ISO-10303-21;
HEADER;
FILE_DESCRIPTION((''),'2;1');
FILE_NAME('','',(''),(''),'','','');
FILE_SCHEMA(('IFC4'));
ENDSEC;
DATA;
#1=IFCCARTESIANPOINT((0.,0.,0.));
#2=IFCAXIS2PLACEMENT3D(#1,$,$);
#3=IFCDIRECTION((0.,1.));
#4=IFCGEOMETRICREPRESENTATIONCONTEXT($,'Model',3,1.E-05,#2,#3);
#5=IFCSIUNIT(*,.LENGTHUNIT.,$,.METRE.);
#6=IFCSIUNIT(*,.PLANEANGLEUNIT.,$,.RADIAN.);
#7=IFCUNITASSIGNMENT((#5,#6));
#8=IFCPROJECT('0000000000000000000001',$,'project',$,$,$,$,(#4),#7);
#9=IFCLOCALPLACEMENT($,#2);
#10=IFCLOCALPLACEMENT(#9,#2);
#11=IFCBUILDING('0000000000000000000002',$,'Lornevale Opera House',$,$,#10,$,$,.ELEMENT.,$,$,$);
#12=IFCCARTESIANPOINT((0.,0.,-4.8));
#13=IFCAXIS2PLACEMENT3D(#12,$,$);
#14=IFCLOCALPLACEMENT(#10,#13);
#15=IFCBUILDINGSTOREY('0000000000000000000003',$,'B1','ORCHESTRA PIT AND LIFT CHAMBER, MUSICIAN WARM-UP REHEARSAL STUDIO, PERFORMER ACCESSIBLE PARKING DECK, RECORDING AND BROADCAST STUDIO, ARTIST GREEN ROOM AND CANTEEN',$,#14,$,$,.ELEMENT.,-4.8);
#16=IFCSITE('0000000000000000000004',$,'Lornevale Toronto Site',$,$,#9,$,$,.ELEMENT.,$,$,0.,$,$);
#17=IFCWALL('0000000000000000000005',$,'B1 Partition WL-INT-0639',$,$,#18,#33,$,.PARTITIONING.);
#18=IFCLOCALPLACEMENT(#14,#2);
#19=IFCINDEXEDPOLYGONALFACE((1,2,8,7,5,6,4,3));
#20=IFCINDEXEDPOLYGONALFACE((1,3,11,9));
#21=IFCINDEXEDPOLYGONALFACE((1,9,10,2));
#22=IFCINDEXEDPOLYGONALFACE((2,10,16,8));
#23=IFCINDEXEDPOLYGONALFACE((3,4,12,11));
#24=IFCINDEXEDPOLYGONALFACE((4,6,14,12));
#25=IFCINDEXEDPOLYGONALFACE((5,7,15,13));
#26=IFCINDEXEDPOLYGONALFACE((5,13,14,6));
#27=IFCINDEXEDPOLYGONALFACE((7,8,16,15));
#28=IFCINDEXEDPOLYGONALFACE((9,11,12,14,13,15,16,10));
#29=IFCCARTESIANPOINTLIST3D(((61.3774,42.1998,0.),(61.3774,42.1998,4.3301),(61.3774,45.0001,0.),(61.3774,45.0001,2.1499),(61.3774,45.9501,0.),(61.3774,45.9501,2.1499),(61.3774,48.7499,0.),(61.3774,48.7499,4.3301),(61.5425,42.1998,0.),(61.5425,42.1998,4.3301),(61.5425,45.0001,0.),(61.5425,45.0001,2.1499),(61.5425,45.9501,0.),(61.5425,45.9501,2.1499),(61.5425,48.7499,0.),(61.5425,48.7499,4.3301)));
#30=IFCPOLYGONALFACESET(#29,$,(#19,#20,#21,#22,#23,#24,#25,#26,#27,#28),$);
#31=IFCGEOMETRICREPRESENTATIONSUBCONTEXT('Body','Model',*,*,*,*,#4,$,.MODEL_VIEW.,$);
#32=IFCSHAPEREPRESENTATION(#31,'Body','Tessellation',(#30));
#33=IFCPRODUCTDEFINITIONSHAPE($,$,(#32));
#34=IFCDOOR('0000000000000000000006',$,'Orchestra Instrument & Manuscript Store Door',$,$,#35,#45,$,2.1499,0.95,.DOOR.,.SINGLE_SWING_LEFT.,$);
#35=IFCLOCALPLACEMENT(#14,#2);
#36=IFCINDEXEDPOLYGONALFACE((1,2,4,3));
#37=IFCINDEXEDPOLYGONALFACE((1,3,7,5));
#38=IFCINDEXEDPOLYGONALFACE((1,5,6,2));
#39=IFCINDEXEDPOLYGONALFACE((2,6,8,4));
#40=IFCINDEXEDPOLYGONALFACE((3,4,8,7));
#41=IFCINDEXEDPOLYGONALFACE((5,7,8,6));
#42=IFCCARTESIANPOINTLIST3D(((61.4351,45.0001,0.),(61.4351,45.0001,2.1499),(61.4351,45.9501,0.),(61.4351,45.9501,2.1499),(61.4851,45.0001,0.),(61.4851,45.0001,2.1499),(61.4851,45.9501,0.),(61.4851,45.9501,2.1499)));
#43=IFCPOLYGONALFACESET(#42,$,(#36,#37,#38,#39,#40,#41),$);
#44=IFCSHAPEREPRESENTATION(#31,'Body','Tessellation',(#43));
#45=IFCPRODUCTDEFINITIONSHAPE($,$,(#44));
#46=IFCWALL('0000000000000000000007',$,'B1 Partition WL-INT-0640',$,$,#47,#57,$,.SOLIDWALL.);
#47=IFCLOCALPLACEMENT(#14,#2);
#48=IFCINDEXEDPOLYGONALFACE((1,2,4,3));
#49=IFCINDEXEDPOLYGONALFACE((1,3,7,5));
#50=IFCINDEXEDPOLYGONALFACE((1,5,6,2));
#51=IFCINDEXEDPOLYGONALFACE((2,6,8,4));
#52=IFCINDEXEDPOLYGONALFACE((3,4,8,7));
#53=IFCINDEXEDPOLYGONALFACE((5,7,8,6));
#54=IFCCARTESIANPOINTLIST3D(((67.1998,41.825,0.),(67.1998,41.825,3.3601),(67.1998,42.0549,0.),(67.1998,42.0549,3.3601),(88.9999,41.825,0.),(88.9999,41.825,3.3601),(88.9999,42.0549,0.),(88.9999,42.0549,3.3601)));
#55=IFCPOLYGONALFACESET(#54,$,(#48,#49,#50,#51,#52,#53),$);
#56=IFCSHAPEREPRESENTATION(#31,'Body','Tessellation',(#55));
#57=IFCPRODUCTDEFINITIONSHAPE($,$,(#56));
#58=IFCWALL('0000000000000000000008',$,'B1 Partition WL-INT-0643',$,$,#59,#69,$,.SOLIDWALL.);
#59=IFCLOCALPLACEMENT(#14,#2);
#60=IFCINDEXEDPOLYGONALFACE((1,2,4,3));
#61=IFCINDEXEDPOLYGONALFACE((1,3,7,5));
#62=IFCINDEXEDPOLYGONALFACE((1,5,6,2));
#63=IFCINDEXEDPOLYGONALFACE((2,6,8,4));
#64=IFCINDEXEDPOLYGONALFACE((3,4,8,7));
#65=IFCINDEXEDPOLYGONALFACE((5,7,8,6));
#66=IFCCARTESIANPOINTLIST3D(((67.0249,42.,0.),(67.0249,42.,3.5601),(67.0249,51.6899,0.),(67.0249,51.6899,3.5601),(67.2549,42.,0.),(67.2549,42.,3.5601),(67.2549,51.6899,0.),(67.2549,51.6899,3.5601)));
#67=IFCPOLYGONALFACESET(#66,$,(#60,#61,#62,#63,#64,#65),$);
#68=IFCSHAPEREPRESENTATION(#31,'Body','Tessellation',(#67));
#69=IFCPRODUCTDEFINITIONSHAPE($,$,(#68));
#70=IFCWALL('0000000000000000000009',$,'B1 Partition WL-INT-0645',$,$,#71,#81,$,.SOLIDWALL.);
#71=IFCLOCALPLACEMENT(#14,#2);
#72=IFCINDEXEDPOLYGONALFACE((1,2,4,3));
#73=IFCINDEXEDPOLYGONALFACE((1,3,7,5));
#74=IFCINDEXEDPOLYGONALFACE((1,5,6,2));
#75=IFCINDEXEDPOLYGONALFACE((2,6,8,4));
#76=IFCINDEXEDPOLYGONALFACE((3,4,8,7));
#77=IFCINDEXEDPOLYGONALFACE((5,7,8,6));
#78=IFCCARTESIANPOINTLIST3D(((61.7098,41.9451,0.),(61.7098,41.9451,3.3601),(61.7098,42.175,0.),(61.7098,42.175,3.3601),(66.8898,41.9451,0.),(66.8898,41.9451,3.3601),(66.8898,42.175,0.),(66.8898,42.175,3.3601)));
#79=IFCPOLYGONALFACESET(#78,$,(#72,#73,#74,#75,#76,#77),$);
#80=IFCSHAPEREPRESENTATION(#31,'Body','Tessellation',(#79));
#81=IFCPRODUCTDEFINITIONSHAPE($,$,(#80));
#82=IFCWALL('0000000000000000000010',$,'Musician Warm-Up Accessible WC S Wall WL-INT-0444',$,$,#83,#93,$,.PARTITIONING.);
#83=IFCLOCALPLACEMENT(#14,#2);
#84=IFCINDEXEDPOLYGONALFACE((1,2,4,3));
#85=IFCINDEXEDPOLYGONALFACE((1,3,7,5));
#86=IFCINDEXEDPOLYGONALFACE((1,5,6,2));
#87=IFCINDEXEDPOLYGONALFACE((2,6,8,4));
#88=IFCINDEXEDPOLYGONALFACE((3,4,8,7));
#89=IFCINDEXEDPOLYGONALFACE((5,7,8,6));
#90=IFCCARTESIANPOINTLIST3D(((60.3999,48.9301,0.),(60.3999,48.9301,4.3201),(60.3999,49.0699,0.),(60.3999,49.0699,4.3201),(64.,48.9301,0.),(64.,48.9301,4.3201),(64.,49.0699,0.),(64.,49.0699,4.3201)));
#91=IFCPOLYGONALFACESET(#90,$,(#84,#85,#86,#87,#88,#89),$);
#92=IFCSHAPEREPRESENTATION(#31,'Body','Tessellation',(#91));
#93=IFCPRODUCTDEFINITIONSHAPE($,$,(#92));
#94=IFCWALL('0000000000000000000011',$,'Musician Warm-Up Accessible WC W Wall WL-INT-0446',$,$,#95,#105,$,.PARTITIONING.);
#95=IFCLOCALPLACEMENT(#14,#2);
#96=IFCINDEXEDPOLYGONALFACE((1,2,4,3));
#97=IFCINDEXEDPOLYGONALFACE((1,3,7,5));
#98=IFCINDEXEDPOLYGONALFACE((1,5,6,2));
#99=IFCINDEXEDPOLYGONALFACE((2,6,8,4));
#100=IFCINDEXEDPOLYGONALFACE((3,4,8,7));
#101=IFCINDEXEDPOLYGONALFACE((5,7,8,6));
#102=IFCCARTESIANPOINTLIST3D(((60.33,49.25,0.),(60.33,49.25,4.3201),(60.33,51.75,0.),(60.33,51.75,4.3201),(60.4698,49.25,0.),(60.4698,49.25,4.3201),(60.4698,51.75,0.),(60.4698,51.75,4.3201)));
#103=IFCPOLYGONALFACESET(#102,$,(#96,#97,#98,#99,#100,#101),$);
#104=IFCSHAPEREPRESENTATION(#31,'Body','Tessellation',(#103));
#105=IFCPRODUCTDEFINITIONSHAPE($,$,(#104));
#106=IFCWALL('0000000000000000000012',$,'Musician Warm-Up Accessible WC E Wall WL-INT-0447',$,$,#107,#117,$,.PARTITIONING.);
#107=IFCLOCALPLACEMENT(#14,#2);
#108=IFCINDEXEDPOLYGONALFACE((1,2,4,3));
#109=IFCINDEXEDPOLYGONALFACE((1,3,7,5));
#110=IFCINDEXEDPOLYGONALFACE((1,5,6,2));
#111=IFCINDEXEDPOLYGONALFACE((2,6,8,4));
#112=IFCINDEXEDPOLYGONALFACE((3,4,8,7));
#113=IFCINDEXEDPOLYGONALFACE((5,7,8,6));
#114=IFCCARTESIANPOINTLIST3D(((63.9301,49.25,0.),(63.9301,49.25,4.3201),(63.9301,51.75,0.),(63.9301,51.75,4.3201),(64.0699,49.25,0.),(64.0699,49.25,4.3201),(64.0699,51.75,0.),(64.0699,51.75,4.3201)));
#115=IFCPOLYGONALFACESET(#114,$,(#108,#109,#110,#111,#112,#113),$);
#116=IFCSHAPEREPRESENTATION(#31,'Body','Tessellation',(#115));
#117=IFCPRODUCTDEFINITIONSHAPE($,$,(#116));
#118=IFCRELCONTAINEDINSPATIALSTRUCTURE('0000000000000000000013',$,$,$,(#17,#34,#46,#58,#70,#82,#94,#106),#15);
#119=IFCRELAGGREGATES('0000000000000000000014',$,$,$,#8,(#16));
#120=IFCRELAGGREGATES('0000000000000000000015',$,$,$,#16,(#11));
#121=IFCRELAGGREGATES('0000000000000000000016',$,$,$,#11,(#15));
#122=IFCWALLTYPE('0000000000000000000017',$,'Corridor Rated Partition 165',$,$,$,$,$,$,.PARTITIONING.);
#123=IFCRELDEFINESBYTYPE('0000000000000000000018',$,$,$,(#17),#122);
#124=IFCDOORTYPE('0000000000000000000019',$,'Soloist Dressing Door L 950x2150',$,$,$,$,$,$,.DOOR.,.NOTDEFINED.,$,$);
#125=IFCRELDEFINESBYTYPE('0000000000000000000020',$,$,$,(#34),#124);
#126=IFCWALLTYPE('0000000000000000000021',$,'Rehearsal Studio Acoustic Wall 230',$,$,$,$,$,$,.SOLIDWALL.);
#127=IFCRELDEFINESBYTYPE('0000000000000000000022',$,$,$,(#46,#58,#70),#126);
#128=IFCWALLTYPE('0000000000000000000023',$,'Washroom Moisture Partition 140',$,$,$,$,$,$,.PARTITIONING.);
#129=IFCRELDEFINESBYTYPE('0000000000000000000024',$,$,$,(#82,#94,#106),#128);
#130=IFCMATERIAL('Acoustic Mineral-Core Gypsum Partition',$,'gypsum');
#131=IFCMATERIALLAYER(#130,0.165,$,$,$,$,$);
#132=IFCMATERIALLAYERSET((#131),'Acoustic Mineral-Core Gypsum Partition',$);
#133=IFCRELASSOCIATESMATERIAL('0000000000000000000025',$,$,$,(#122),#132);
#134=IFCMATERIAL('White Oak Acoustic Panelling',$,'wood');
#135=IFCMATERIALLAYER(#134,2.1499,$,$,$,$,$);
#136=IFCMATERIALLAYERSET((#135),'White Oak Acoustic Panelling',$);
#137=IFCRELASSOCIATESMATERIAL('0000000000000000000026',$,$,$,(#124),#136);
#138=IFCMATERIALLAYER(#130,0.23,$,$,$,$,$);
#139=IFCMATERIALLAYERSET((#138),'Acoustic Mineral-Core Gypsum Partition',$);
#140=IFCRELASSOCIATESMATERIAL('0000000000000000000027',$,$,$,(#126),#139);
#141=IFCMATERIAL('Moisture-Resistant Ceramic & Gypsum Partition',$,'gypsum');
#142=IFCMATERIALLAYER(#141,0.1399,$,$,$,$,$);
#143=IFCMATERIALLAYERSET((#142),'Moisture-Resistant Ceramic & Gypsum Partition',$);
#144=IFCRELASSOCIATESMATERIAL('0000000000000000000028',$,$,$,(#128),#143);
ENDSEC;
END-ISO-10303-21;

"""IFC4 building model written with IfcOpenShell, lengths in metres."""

from ifc_helpers import new_model, si_unit, direction, frame, frame_2d, origin, place, context, subcontext, project, spatial, rectangle, extrude, material, layer, layer_set, type_object, element, fill, save


model = new_model("IFC4")

# Units and contexts
model_context = context("Model", 3, precision=1e-05, world=origin(), true_north=direction((0.0, 1.0)))
body_context = subcontext(model_context, "Body", "Model", "MODEL_VIEW")
ifc_project = project(units=[si_unit("LENGTHUNIT", "METRE"), si_unit("PLANEANGLEUNIT", "RADIAN")], contexts=[model_context])

# Site, building, storey
site_placement = place(None, origin())
site = spatial("IfcSite", under=ifc_project, at=site_placement, Name="Lornevale Toronto Site", CompositionType="ELEMENT", RefElevation=0.0)
building_placement = place(site_placement, origin())
building = spatial("IfcBuilding", under=site, at=building_placement, Name="Lornevale Opera House", CompositionType="ELEMENT")
storey_placement = place(building_placement, frame((0.0, 0.0, -4.8)))
storey = spatial("IfcBuildingStorey", under=building, at=storey_placement, Name="B1", Description="ORCHESTRA PIT AND LIFT CHAMBER, MUSICIAN WARM-UP REHEARSAL STUDIO, PERFORMER ACCESSIBLE PARKING DECK, RECORDING AND BROADCAST STUDIO, ARTIST GREEN ROOM AND CANTEEN", CompositionType="ELEMENT", Elevation=-4.8)

# Wall, opening, door
ifc_material_1 = material(Name="Acoustic Mineral-Core Gypsum Partition", Category="gypsum")
ifc_layer_1 = layer(ifc_material_1, 0.165)
ifc_layer_set_1 = layer_set([ifc_layer_1], Name="Acoustic Mineral-Core Gypsum Partition")
wall_type_1 = type_object("IfcWallType", Name="Corridor Rated Partition 165", PredefinedType="PARTITIONING", material=ifc_layer_set_1)
wall_1_placement = place(storey_placement, frame((61.46, 42.2, 0.0), z_axis=(0.0, 0.0, 1.0), x_axis=(0.0, 1.0, 0.0)))
wall_1 = element("IfcWall", 1, at=wall_1_placement, inside=storey, type_object=wall_type_1, Name="B1 Partition WL-INT-0639", PredefinedType="PARTITIONING", context=body_context, shape_type="SweptSolid", body=[
    extrude(rectangle(XDim=6.55, YDim=0.165, at=frame_2d((3.2749, 0.0))), origin(), (0.0, 0.0, 1.0), 4.3301),
])
opening_placement = place(wall_1_placement, frame((2.8, 0.0, 0.0)))
opening = element("IfcOpeningElement", 2, at=opening_placement, cuts=wall_1, PredefinedType="OPENING", context=body_context, shape_type="SweptSolid", body=[
    extrude(rectangle(XDim=0.95, YDim=2.1499, at=frame_2d((0.4751, 1.075))), frame((0.0, 0.0925, 0.0), z_axis=(0.0, -1.0, 0.0), x_axis=(1.0, 0.0, 0.0)), (0.0, 0.0, 1.0), 0.1851),
])
ifc_material_2 = material(Name="White Oak Acoustic Panelling", Category="wood")
ifc_layer_2 = layer(ifc_material_2, 2.1499)
ifc_layer_set_2 = layer_set([ifc_layer_2], Name="White Oak Acoustic Panelling")
door_type = type_object("IfcDoorType", Name="Soloist Dressing Door L 950x2150", OperationType="NOTDEFINED", PredefinedType="DOOR", material=ifc_layer_set_2)
door_placement = place(opening_placement, origin())
door = element("IfcDoor", 3, at=door_placement, inside=storey, type_object=door_type, Name="Orchestra Instrument & Manuscript Store Door", OperationType="SINGLE_SWING_LEFT", OverallHeight=2.1499, OverallWidth=0.95, PredefinedType="DOOR", context=body_context, shape_type="SweptSolid", body=[
    extrude(rectangle(XDim=0.95, YDim=2.1499, at=frame_2d((0.4751, 1.075))), frame((0.0, 0.0249, 0.0), z_axis=(0.0, -1.0, 0.0), x_axis=(1.0, 0.0, 0.0)), (0.0, 0.0, 1.0), 0.05),
])
fill(opening, door)

# Walls
ifc_layer_3 = layer(ifc_material_1, 0.23)
ifc_layer_set_3 = layer_set([ifc_layer_3], Name="Acoustic Mineral-Core Gypsum Partition")
wall_type_2 = type_object("IfcWallType", Name="Rehearsal Studio Acoustic Wall 230", PredefinedType="SOLIDWALL", material=ifc_layer_set_3)
wall_2_placement = place(storey_placement, frame((67.2, 41.9399, 0.0), z_axis=(0.0, 0.0, 1.0), x_axis=(1.0, 0.0, 0.0)))
element("IfcWall", 4, at=wall_2_placement, inside=storey, type_object=wall_type_2, Name="B1 Partition WL-INT-0640", PredefinedType="SOLIDWALL", context=body_context, shape_type="SweptSolid", body=[
    extrude(rectangle(XDim=21.8, YDim=0.23, at=frame_2d((10.8999, 0.0))), origin(), (0.0, 0.0, 1.0), 3.3601),
])
wall_3_placement = place(storey_placement, frame((67.1399, 42.0, 0.0), z_axis=(0.0, 0.0, 1.0), x_axis=(0.0, 1.0, 0.0)))
element("IfcWall", 5, at=wall_3_placement, inside=storey, type_object=wall_type_2, Name="B1 Partition WL-INT-0643", PredefinedType="SOLIDWALL", context=body_context, shape_type="SweptSolid", body=[
    extrude(rectangle(XDim=9.6899, YDim=0.23, at=frame_2d((4.845, 0.0))), origin(), (0.0, 0.0, 1.0), 3.5601),
])
wall_4_placement = place(storey_placement, frame((61.71, 42.0601, 0.0), z_axis=(0.0, 0.0, 1.0), x_axis=(1.0, 0.0, 0.0)))
element("IfcWall", 6, at=wall_4_placement, inside=storey, type_object=wall_type_2, Name="B1 Partition WL-INT-0645", PredefinedType="SOLIDWALL", context=body_context, shape_type="SweptSolid", body=[
    extrude(rectangle(XDim=5.1799, YDim=0.23, at=frame_2d((2.5898, 0.0))), origin(), (0.0, 0.0, 1.0), 3.3601),
])
ifc_material_3 = material(Name="Moisture-Resistant Ceramic & Gypsum Partition", Category="gypsum")
ifc_layer_4 = layer(ifc_material_3, 0.1399)
ifc_layer_set_4 = layer_set([ifc_layer_4], Name="Moisture-Resistant Ceramic & Gypsum Partition")
wall_type_3 = type_object("IfcWallType", Name="Washroom Moisture Partition 140", PredefinedType="PARTITIONING", material=ifc_layer_set_4)
wall_5_placement = place(storey_placement, frame((60.3999, 49.0, 0.0), z_axis=(0.0, 0.0, 1.0), x_axis=(1.0, 0.0, 0.0)))
element("IfcWall", 7, at=wall_5_placement, inside=storey, type_object=wall_type_3, Name="Musician Warm-Up Accessible WC S Wall WL-INT-0444", PredefinedType="PARTITIONING", context=body_context, shape_type="SweptSolid", body=[
    extrude(rectangle(XDim=3.6001, YDim=0.1399, at=frame_2d((1.8, 0.0))), origin(), (0.0, 0.0, 1.0), 4.3201),
])
for number, where, z_axis, x_axis, name in (
    (8, (60.3999, 49.25, 0.0), (0.0, 0.0, 1.0), (0.0, 1.0, 0.0), "Musician Warm-Up Accessible WC W Wall WL-INT-0446"),
    (9, (64.0, 49.25, 0.0), (0.0, 0.0, 1.0), (0.0, 1.0, 0.0), "Musician Warm-Up Accessible WC E Wall WL-INT-0447"),
):
    element("IfcWall", number, at=place(storey_placement, frame(where, z_axis=z_axis, x_axis=x_axis)), inside=storey, type_object=wall_type_3, Name=name, PredefinedType="PARTITIONING", context=body_context, shape_type="SweptSolid", body=[
        extrude(rectangle(XDim=2.5, YDim=0.1399, at=frame_2d((1.25, 0.0))), origin(), (0.0, 0.0, 1.0), 4.3201),
    ])

save(model, "model.ifc")
